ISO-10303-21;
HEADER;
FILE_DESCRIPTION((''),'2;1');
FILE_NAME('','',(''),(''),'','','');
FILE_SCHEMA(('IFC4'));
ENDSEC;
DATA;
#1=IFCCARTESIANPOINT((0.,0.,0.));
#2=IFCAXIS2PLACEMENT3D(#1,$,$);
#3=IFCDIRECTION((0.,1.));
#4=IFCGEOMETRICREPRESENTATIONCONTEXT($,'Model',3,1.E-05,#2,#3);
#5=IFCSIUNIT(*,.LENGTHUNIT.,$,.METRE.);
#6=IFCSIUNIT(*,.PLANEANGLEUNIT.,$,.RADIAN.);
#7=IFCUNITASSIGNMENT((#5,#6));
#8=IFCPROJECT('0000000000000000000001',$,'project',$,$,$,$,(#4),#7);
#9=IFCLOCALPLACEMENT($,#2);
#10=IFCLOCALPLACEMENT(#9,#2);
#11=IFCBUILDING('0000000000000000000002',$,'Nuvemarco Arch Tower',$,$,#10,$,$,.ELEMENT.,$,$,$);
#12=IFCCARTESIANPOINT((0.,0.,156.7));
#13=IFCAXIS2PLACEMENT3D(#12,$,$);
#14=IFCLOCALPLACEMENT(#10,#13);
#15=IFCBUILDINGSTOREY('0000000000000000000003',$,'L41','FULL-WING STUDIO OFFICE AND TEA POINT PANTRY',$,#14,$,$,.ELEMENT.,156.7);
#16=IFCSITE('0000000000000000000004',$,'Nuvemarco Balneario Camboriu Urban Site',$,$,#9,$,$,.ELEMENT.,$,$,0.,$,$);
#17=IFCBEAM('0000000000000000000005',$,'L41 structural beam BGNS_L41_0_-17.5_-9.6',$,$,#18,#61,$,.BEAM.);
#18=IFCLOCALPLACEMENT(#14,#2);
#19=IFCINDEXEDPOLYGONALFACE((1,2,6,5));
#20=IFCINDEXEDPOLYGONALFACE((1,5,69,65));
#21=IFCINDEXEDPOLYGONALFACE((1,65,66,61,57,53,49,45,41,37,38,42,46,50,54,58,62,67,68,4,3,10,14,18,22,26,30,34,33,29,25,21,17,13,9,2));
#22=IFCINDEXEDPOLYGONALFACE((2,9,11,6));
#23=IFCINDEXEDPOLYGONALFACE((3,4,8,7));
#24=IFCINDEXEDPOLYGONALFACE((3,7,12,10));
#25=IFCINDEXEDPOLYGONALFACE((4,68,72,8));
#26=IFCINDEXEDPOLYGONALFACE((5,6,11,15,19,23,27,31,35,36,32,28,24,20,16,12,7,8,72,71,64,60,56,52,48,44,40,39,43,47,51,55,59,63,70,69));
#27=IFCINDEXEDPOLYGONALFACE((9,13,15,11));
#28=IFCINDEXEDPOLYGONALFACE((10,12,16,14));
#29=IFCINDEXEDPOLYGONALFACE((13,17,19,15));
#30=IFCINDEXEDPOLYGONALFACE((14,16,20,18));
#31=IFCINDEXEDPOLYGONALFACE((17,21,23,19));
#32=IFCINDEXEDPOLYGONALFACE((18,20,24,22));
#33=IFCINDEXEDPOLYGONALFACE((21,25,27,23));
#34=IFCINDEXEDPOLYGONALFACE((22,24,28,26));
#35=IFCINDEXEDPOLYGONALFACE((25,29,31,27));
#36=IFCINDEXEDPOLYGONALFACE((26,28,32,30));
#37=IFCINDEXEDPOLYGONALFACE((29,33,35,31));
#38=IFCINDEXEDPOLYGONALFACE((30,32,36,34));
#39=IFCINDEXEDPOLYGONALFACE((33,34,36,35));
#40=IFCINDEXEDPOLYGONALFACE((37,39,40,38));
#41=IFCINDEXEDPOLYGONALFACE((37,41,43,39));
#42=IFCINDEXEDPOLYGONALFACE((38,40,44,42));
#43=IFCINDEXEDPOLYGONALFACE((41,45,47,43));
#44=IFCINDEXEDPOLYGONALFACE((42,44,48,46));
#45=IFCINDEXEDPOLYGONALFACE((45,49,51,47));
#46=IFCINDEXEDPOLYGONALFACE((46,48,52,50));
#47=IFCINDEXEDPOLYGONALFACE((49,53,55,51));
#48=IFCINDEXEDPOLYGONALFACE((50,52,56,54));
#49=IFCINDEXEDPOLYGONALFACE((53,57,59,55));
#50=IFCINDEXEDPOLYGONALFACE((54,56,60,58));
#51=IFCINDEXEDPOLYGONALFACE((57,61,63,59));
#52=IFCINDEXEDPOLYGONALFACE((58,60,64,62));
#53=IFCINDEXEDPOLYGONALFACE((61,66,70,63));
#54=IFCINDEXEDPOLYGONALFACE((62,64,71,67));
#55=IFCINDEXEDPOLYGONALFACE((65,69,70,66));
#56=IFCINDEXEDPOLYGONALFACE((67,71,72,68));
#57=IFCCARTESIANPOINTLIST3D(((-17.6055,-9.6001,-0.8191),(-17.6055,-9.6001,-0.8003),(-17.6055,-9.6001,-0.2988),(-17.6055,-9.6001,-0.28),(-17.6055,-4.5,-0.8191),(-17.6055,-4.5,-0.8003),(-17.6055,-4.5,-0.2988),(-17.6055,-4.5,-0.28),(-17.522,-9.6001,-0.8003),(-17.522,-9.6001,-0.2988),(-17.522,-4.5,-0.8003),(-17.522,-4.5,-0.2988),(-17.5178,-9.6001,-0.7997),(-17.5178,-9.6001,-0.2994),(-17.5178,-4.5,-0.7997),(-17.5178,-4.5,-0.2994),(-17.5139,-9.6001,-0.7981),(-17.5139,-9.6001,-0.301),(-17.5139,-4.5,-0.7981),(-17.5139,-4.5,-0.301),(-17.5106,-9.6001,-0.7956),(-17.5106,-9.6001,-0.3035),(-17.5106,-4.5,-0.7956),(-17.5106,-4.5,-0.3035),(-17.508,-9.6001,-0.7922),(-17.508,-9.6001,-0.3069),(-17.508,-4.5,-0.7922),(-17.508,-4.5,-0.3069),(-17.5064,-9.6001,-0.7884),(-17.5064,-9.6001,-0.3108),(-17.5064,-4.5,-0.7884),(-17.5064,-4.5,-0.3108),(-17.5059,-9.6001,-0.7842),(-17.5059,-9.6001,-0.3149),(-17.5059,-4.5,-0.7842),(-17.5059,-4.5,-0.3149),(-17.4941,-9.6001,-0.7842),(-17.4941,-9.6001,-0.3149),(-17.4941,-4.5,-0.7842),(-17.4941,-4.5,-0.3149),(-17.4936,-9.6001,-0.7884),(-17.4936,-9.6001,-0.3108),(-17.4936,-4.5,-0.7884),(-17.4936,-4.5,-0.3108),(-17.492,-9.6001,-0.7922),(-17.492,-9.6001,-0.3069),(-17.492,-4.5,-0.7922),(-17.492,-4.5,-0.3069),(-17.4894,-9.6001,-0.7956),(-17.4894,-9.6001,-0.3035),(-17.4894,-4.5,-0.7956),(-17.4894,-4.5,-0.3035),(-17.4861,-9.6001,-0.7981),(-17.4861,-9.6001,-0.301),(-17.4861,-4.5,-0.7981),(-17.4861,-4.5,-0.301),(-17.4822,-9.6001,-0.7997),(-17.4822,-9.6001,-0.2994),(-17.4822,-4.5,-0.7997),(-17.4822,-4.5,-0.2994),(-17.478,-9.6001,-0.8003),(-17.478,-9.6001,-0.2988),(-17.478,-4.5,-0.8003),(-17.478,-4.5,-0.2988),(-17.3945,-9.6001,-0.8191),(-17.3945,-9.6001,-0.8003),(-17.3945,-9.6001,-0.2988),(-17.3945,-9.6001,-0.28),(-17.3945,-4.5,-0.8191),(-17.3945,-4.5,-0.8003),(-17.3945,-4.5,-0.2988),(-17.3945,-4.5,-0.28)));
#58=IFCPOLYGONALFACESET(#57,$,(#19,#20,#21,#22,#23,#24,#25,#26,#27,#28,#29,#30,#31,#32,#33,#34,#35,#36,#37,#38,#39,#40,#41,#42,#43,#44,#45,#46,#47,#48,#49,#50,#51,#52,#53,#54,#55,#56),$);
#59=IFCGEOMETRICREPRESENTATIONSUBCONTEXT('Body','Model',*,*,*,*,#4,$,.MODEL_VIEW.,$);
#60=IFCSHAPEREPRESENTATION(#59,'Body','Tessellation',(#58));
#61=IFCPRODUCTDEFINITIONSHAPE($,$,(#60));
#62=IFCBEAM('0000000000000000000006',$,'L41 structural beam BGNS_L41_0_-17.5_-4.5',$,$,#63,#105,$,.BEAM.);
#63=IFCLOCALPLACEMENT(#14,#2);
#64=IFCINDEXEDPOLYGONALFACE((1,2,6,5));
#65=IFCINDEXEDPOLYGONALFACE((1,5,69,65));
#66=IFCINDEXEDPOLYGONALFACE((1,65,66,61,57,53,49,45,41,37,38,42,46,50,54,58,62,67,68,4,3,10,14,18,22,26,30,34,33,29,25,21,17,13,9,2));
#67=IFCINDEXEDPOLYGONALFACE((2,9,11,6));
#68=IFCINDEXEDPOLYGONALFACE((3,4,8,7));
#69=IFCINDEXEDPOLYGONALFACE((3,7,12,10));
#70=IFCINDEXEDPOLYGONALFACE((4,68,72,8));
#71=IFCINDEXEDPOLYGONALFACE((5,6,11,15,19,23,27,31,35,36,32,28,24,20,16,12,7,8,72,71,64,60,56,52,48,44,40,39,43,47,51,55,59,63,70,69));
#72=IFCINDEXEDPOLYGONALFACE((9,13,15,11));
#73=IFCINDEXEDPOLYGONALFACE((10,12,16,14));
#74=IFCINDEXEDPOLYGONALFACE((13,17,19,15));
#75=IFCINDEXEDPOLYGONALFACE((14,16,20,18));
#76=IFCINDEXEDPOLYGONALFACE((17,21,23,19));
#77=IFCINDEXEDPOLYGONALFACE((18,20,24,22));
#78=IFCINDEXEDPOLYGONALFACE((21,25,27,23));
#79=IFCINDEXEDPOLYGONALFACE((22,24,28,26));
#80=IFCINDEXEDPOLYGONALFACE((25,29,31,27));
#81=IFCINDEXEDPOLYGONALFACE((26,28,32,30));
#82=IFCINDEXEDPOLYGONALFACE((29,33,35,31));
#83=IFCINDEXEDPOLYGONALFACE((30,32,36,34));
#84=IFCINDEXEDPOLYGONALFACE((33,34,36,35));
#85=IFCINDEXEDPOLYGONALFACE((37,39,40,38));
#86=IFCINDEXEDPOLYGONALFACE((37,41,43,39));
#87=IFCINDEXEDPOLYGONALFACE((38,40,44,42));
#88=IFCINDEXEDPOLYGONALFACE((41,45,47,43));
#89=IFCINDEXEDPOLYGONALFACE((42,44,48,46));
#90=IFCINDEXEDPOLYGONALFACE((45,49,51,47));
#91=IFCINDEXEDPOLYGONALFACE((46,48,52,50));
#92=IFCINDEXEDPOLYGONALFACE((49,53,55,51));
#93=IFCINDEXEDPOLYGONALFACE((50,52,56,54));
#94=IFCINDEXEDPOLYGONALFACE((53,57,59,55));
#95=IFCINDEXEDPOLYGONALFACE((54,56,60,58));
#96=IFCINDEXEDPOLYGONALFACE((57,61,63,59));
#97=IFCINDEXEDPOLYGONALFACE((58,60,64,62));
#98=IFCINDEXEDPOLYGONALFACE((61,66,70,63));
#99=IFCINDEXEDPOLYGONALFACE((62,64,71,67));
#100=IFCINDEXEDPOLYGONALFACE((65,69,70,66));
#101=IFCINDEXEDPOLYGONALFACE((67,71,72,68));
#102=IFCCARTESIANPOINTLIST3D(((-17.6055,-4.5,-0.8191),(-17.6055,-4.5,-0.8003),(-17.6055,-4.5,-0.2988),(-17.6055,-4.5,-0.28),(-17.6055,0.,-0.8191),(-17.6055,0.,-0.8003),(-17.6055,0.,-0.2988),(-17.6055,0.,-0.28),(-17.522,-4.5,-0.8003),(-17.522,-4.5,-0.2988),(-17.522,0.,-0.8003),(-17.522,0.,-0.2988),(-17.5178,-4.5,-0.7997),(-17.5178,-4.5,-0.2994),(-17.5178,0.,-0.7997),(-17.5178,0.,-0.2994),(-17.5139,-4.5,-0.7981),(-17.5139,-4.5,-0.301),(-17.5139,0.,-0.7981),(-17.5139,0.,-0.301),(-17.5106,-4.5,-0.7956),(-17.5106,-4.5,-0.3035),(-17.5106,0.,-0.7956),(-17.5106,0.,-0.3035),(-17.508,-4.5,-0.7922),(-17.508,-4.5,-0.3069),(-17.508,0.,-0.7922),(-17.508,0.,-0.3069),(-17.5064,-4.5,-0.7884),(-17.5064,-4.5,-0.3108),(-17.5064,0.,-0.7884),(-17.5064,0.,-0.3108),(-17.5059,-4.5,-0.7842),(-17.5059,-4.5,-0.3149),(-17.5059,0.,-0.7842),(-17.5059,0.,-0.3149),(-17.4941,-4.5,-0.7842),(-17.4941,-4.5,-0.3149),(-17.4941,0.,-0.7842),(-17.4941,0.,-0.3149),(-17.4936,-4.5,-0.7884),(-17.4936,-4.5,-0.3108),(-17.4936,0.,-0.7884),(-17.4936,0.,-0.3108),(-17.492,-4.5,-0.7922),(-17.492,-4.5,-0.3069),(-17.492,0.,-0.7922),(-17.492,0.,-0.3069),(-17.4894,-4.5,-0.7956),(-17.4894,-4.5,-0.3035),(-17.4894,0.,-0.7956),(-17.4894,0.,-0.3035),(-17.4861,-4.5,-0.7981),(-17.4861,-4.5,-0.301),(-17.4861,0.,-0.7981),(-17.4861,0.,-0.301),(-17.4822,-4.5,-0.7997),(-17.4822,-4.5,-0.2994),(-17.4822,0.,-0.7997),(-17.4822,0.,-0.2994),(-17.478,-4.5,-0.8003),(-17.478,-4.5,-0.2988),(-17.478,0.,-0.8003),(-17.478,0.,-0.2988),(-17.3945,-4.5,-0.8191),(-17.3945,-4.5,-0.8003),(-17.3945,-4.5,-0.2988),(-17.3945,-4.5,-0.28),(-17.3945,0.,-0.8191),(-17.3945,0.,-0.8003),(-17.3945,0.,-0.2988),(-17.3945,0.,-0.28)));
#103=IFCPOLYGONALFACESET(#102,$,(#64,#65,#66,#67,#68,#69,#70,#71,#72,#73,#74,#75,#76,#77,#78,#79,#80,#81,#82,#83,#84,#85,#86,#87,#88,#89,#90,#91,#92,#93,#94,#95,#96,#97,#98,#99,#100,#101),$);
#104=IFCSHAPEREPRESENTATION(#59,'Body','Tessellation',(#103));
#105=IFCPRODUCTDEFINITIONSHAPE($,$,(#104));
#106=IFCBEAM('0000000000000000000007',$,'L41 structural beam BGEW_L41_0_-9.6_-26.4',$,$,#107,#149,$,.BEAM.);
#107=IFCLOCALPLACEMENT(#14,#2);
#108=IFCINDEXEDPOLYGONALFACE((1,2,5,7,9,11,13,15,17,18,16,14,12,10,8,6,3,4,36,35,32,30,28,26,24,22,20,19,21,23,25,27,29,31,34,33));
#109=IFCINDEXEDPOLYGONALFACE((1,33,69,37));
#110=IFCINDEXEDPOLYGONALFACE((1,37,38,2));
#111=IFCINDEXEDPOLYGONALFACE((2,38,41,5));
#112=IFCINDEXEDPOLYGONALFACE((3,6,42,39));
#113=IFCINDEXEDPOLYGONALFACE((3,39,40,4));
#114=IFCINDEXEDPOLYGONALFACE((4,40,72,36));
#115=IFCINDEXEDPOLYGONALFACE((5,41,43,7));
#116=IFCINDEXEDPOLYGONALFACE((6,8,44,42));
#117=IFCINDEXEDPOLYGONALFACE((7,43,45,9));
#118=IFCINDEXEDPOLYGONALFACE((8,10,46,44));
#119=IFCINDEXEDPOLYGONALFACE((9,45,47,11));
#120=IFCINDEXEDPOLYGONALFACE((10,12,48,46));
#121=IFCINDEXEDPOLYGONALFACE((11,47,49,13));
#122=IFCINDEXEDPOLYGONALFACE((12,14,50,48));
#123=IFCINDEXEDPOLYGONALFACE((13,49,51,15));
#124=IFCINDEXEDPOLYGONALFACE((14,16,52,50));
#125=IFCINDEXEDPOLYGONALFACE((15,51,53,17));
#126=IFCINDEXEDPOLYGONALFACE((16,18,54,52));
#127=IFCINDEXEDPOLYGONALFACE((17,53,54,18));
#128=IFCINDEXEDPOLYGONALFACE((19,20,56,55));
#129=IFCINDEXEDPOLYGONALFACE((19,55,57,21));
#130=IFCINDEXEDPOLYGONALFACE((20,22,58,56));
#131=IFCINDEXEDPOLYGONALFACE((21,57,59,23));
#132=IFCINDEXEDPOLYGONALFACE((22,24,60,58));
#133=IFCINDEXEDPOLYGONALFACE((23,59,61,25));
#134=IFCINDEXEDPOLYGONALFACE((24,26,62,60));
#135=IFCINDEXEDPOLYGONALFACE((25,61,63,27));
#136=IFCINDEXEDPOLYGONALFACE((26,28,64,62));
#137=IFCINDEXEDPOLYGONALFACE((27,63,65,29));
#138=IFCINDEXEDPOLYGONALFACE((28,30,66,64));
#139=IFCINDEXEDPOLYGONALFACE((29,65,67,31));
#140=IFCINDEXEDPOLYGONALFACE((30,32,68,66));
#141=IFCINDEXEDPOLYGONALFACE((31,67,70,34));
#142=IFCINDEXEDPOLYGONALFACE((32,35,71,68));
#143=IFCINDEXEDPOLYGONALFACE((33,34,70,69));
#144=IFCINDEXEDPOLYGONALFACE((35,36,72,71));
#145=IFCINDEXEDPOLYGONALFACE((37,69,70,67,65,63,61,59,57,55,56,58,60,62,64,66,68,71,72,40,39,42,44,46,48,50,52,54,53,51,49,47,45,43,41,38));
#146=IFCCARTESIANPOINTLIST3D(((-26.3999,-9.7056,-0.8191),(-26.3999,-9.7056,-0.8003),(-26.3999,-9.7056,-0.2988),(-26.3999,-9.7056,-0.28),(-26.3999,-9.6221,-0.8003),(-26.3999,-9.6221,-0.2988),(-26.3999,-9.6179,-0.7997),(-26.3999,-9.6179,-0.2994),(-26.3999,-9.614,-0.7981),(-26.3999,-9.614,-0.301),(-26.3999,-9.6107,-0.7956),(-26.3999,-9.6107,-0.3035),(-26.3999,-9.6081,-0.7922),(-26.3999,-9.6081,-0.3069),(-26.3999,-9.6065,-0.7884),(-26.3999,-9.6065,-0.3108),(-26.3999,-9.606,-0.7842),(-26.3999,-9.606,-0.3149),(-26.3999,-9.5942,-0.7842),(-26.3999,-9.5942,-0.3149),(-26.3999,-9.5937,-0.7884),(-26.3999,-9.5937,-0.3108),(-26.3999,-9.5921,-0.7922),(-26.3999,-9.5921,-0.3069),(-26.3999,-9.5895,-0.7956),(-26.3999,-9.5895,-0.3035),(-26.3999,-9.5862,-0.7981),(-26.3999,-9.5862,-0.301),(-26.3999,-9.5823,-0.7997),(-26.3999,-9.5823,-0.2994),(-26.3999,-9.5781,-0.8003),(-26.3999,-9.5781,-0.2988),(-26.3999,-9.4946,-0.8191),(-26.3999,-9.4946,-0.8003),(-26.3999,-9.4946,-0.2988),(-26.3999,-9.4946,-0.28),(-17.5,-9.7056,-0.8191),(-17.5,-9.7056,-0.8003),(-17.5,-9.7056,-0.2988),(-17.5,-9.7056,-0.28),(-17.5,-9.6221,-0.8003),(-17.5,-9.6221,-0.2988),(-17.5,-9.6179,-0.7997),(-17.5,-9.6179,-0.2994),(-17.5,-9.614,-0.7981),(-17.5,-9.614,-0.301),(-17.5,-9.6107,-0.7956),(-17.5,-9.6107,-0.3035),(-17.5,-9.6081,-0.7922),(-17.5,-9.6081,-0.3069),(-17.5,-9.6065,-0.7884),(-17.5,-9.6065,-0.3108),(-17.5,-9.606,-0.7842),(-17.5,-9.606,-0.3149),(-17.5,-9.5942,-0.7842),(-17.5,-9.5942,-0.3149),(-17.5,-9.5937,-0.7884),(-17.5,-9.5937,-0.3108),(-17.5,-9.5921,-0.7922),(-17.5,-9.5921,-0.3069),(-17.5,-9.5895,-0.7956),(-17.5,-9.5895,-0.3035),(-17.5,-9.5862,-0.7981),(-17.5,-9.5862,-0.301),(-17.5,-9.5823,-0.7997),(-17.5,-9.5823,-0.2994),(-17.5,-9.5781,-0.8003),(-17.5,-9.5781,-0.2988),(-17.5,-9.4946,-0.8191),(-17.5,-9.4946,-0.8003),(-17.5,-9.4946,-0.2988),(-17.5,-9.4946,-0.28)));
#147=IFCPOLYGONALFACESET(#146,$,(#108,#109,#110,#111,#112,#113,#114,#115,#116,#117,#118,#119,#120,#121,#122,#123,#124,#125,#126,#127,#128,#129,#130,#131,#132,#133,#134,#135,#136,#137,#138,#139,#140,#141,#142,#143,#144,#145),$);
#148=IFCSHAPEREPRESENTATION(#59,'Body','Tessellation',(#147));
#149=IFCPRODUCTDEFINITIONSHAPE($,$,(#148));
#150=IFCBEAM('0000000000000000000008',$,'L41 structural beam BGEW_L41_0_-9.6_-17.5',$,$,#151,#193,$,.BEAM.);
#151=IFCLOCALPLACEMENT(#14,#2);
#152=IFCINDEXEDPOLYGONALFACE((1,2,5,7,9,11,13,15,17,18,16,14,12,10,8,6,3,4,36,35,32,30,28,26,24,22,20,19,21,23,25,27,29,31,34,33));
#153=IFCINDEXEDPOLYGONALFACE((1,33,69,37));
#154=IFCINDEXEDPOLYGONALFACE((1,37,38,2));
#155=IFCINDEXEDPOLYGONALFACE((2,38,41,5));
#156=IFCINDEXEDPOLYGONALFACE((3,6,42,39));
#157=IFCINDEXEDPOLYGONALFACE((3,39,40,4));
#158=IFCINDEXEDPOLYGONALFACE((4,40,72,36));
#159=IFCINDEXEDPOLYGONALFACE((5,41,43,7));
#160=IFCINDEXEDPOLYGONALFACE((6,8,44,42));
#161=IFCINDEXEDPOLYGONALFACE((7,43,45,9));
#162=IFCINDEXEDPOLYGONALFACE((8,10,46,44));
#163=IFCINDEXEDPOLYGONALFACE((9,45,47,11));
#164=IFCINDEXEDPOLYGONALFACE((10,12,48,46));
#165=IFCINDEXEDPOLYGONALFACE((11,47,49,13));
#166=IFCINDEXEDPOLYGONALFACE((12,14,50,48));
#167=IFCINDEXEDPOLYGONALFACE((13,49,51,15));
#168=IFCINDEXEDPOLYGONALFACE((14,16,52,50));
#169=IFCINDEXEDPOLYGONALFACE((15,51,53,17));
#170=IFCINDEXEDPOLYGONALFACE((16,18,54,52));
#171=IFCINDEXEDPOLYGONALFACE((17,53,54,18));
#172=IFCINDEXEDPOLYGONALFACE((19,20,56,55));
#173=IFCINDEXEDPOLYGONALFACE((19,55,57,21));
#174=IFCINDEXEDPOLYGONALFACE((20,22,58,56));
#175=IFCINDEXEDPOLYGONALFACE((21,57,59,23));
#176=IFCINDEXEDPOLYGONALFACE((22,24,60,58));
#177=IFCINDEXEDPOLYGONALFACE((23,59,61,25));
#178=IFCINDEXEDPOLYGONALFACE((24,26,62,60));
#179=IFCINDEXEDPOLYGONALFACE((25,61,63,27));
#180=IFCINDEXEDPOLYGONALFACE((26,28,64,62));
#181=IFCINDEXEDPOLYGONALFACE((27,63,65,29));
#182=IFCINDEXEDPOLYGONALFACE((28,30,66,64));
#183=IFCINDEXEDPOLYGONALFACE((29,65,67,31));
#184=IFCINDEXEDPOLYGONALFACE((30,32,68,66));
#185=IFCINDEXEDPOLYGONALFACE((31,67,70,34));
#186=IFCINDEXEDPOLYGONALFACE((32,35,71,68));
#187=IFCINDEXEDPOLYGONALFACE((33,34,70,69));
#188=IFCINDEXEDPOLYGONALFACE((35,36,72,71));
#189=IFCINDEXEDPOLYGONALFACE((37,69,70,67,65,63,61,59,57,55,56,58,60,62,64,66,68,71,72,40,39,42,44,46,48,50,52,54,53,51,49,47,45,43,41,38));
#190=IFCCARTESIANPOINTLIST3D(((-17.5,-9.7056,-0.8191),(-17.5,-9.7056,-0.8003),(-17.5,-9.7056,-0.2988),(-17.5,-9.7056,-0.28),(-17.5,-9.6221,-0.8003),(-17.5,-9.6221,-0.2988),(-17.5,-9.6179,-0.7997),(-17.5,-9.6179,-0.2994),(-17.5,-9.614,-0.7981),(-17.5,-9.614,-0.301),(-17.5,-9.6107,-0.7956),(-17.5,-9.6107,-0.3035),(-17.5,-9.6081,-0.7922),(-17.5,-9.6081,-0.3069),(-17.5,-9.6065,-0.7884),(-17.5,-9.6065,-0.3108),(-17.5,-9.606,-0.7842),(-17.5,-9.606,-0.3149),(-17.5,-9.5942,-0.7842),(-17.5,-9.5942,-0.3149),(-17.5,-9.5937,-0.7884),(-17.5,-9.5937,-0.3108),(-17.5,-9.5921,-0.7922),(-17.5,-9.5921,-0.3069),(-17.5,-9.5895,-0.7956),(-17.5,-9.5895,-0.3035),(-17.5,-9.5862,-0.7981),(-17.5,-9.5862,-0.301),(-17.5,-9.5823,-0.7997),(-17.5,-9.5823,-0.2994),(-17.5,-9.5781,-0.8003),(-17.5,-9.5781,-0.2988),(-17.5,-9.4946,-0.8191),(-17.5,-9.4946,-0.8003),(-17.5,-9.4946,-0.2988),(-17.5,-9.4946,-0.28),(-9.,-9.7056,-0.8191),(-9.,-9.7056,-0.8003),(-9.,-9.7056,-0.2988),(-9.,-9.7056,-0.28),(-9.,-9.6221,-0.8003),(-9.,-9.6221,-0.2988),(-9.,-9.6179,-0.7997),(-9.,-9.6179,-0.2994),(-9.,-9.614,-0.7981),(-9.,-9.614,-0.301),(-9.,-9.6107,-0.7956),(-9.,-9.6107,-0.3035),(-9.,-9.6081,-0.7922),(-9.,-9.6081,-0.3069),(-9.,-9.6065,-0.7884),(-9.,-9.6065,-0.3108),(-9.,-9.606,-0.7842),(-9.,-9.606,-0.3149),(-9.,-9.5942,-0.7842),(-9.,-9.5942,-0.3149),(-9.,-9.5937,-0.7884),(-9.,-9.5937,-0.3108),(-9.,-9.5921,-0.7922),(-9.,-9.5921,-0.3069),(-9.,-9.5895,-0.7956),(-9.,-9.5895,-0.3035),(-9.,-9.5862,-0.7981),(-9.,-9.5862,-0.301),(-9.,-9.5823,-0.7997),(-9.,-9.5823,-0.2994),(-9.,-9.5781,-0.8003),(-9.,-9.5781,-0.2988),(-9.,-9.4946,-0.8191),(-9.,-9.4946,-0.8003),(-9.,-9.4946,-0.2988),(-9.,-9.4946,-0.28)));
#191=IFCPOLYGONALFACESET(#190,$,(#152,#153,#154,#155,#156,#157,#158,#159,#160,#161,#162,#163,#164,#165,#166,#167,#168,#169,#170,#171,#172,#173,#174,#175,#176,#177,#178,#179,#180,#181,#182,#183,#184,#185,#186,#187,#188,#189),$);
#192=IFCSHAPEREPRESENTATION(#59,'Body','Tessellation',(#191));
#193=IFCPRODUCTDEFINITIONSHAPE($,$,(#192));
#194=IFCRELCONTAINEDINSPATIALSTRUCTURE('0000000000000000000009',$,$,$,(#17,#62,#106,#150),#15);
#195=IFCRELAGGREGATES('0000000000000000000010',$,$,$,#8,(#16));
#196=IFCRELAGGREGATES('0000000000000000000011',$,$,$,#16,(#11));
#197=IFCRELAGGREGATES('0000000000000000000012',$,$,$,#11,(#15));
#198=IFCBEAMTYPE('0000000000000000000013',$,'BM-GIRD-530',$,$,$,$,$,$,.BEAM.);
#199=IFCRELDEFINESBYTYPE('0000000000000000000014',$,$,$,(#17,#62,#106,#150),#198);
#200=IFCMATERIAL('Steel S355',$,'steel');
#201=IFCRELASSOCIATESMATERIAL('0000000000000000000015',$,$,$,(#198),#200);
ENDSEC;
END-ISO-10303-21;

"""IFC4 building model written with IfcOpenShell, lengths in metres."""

from ifc_helpers import new_model, si_unit, direction, frame, origin, origin_2d, place, context, subcontext, project, spatial, i_section, extrude, material, material_profile, profile_set, type_object, element, save


model = new_model("IFC4")

# Units and contexts
model_context = context("Model", 3, precision=1e-05, world=origin(), true_north=direction((0.0, 1.0)))
body_context = subcontext(model_context, "Body", "Model", "MODEL_VIEW")
ifc_project = project(units=[si_unit("LENGTHUNIT", "METRE"), si_unit("PLANEANGLEUNIT", "RADIAN")], contexts=[model_context])

# Site, building, storey
site_placement = place(None, origin())
site = spatial("IfcSite", under=ifc_project, at=site_placement, Name="Nuvemarco Balneario Camboriu Urban Site", CompositionType="ELEMENT", RefElevation=0.0)
building_placement = place(site_placement, origin())
building = spatial("IfcBuilding", under=site, at=building_placement, Name="Nuvemarco Arch Tower", CompositionType="ELEMENT")
storey_placement = place(building_placement, frame((0.0, 0.0, 156.7)))
storey = spatial("IfcBuildingStorey", under=building, at=storey_placement, Name="L41", Description="FULL-WING STUDIO OFFICE AND TEA POINT PANTRY", CompositionType="ELEMENT", Elevation=156.7)

# Shared definitions
ifc_material_1 = material(Name="Steel S355", Category="steel")

# Beams
ifc_material_profile_1 = material_profile(ifc_material_1, i_section(OverallWidth=0.2109, OverallDepth=0.5391, WebThickness=0.0117, FlangeThickness=0.0188, FilletRadius=0.0161, at=origin_2d()), Name="W530x109")
ifc_profile_set_1 = profile_set([ifc_material_profile_1], Name="Steel S355")
beam_type_1 = type_object("IfcBeamType", Name="BM-GIRD-530", PredefinedType="BEAM", material=ifc_profile_set_1)
beam_1_placement = place(storey_placement, frame((-17.5, -9.6001, -0.5496), z_axis=(0.0, 1.0, 0.0), x_axis=(-1.0, 0.0, 0.0)))
element("IfcBeam", 1, at=beam_1_placement, inside=storey, type_object=beam_type_1, Name="L41 structural beam BGNS_L41_0_-17.5_-9.6", PredefinedType="BEAM", context=body_context, shape_type="SweptSolid", body=[
    extrude(i_section(OverallWidth=0.2109, OverallDepth=0.5391, WebThickness=0.0117, FlangeThickness=0.0188, FilletRadius=0.0161, at=origin_2d()), origin(), (0.0, 0.0, 1.0), 5.1001),
])
beam_2_placement = place(storey_placement, frame((-17.5, -4.5, -0.5496), z_axis=(0.0, 1.0, 0.0), x_axis=(-1.0, 0.0, 0.0)))
element("IfcBeam", 2, at=beam_2_placement, inside=storey, type_object=beam_type_1, Name="L41 structural beam BGNS_L41_0_-17.5_-4.5", PredefinedType="BEAM", context=body_context, shape_type="SweptSolid", body=[
    extrude(i_section(OverallWidth=0.2109, OverallDepth=0.5391, WebThickness=0.0117, FlangeThickness=0.0188, FilletRadius=0.0161, at=origin_2d()), origin(), (0.0, 0.0, 1.0), 4.5),
])
beam_3_placement = place(storey_placement, frame((-26.3999, -9.6001, -0.5496), z_axis=(1.0, 0.0, 0.0), x_axis=(0.0, 1.0, 0.0)))
element("IfcBeam", 3, at=beam_3_placement, inside=storey, type_object=beam_type_1, Name="L41 structural beam BGEW_L41_0_-9.6_-26.4", PredefinedType="BEAM", context=body_context, shape_type="SweptSolid", body=[
    extrude(i_section(OverallWidth=0.2109, OverallDepth=0.5391, WebThickness=0.0117, FlangeThickness=0.0188, FilletRadius=0.0161, at=origin_2d()), origin(), (0.0, 0.0, 1.0), 8.8999),
])
beam_4_placement = place(storey_placement, frame((-17.5, -9.6001, -0.5496), z_axis=(1.0, 0.0, 0.0), x_axis=(0.0, 1.0, 0.0)))
element("IfcBeam", 4, at=beam_4_placement, inside=storey, type_object=beam_type_1, Name="L41 structural beam BGEW_L41_0_-9.6_-17.5", PredefinedType="BEAM", context=body_context, shape_type="SweptSolid", body=[
    extrude(i_section(OverallWidth=0.2109, OverallDepth=0.5391, WebThickness=0.0117, FlangeThickness=0.0188, FilletRadius=0.0161, at=origin_2d()), origin(), (0.0, 0.0, 1.0), 8.5),
])

save(model, "model.ifc")
